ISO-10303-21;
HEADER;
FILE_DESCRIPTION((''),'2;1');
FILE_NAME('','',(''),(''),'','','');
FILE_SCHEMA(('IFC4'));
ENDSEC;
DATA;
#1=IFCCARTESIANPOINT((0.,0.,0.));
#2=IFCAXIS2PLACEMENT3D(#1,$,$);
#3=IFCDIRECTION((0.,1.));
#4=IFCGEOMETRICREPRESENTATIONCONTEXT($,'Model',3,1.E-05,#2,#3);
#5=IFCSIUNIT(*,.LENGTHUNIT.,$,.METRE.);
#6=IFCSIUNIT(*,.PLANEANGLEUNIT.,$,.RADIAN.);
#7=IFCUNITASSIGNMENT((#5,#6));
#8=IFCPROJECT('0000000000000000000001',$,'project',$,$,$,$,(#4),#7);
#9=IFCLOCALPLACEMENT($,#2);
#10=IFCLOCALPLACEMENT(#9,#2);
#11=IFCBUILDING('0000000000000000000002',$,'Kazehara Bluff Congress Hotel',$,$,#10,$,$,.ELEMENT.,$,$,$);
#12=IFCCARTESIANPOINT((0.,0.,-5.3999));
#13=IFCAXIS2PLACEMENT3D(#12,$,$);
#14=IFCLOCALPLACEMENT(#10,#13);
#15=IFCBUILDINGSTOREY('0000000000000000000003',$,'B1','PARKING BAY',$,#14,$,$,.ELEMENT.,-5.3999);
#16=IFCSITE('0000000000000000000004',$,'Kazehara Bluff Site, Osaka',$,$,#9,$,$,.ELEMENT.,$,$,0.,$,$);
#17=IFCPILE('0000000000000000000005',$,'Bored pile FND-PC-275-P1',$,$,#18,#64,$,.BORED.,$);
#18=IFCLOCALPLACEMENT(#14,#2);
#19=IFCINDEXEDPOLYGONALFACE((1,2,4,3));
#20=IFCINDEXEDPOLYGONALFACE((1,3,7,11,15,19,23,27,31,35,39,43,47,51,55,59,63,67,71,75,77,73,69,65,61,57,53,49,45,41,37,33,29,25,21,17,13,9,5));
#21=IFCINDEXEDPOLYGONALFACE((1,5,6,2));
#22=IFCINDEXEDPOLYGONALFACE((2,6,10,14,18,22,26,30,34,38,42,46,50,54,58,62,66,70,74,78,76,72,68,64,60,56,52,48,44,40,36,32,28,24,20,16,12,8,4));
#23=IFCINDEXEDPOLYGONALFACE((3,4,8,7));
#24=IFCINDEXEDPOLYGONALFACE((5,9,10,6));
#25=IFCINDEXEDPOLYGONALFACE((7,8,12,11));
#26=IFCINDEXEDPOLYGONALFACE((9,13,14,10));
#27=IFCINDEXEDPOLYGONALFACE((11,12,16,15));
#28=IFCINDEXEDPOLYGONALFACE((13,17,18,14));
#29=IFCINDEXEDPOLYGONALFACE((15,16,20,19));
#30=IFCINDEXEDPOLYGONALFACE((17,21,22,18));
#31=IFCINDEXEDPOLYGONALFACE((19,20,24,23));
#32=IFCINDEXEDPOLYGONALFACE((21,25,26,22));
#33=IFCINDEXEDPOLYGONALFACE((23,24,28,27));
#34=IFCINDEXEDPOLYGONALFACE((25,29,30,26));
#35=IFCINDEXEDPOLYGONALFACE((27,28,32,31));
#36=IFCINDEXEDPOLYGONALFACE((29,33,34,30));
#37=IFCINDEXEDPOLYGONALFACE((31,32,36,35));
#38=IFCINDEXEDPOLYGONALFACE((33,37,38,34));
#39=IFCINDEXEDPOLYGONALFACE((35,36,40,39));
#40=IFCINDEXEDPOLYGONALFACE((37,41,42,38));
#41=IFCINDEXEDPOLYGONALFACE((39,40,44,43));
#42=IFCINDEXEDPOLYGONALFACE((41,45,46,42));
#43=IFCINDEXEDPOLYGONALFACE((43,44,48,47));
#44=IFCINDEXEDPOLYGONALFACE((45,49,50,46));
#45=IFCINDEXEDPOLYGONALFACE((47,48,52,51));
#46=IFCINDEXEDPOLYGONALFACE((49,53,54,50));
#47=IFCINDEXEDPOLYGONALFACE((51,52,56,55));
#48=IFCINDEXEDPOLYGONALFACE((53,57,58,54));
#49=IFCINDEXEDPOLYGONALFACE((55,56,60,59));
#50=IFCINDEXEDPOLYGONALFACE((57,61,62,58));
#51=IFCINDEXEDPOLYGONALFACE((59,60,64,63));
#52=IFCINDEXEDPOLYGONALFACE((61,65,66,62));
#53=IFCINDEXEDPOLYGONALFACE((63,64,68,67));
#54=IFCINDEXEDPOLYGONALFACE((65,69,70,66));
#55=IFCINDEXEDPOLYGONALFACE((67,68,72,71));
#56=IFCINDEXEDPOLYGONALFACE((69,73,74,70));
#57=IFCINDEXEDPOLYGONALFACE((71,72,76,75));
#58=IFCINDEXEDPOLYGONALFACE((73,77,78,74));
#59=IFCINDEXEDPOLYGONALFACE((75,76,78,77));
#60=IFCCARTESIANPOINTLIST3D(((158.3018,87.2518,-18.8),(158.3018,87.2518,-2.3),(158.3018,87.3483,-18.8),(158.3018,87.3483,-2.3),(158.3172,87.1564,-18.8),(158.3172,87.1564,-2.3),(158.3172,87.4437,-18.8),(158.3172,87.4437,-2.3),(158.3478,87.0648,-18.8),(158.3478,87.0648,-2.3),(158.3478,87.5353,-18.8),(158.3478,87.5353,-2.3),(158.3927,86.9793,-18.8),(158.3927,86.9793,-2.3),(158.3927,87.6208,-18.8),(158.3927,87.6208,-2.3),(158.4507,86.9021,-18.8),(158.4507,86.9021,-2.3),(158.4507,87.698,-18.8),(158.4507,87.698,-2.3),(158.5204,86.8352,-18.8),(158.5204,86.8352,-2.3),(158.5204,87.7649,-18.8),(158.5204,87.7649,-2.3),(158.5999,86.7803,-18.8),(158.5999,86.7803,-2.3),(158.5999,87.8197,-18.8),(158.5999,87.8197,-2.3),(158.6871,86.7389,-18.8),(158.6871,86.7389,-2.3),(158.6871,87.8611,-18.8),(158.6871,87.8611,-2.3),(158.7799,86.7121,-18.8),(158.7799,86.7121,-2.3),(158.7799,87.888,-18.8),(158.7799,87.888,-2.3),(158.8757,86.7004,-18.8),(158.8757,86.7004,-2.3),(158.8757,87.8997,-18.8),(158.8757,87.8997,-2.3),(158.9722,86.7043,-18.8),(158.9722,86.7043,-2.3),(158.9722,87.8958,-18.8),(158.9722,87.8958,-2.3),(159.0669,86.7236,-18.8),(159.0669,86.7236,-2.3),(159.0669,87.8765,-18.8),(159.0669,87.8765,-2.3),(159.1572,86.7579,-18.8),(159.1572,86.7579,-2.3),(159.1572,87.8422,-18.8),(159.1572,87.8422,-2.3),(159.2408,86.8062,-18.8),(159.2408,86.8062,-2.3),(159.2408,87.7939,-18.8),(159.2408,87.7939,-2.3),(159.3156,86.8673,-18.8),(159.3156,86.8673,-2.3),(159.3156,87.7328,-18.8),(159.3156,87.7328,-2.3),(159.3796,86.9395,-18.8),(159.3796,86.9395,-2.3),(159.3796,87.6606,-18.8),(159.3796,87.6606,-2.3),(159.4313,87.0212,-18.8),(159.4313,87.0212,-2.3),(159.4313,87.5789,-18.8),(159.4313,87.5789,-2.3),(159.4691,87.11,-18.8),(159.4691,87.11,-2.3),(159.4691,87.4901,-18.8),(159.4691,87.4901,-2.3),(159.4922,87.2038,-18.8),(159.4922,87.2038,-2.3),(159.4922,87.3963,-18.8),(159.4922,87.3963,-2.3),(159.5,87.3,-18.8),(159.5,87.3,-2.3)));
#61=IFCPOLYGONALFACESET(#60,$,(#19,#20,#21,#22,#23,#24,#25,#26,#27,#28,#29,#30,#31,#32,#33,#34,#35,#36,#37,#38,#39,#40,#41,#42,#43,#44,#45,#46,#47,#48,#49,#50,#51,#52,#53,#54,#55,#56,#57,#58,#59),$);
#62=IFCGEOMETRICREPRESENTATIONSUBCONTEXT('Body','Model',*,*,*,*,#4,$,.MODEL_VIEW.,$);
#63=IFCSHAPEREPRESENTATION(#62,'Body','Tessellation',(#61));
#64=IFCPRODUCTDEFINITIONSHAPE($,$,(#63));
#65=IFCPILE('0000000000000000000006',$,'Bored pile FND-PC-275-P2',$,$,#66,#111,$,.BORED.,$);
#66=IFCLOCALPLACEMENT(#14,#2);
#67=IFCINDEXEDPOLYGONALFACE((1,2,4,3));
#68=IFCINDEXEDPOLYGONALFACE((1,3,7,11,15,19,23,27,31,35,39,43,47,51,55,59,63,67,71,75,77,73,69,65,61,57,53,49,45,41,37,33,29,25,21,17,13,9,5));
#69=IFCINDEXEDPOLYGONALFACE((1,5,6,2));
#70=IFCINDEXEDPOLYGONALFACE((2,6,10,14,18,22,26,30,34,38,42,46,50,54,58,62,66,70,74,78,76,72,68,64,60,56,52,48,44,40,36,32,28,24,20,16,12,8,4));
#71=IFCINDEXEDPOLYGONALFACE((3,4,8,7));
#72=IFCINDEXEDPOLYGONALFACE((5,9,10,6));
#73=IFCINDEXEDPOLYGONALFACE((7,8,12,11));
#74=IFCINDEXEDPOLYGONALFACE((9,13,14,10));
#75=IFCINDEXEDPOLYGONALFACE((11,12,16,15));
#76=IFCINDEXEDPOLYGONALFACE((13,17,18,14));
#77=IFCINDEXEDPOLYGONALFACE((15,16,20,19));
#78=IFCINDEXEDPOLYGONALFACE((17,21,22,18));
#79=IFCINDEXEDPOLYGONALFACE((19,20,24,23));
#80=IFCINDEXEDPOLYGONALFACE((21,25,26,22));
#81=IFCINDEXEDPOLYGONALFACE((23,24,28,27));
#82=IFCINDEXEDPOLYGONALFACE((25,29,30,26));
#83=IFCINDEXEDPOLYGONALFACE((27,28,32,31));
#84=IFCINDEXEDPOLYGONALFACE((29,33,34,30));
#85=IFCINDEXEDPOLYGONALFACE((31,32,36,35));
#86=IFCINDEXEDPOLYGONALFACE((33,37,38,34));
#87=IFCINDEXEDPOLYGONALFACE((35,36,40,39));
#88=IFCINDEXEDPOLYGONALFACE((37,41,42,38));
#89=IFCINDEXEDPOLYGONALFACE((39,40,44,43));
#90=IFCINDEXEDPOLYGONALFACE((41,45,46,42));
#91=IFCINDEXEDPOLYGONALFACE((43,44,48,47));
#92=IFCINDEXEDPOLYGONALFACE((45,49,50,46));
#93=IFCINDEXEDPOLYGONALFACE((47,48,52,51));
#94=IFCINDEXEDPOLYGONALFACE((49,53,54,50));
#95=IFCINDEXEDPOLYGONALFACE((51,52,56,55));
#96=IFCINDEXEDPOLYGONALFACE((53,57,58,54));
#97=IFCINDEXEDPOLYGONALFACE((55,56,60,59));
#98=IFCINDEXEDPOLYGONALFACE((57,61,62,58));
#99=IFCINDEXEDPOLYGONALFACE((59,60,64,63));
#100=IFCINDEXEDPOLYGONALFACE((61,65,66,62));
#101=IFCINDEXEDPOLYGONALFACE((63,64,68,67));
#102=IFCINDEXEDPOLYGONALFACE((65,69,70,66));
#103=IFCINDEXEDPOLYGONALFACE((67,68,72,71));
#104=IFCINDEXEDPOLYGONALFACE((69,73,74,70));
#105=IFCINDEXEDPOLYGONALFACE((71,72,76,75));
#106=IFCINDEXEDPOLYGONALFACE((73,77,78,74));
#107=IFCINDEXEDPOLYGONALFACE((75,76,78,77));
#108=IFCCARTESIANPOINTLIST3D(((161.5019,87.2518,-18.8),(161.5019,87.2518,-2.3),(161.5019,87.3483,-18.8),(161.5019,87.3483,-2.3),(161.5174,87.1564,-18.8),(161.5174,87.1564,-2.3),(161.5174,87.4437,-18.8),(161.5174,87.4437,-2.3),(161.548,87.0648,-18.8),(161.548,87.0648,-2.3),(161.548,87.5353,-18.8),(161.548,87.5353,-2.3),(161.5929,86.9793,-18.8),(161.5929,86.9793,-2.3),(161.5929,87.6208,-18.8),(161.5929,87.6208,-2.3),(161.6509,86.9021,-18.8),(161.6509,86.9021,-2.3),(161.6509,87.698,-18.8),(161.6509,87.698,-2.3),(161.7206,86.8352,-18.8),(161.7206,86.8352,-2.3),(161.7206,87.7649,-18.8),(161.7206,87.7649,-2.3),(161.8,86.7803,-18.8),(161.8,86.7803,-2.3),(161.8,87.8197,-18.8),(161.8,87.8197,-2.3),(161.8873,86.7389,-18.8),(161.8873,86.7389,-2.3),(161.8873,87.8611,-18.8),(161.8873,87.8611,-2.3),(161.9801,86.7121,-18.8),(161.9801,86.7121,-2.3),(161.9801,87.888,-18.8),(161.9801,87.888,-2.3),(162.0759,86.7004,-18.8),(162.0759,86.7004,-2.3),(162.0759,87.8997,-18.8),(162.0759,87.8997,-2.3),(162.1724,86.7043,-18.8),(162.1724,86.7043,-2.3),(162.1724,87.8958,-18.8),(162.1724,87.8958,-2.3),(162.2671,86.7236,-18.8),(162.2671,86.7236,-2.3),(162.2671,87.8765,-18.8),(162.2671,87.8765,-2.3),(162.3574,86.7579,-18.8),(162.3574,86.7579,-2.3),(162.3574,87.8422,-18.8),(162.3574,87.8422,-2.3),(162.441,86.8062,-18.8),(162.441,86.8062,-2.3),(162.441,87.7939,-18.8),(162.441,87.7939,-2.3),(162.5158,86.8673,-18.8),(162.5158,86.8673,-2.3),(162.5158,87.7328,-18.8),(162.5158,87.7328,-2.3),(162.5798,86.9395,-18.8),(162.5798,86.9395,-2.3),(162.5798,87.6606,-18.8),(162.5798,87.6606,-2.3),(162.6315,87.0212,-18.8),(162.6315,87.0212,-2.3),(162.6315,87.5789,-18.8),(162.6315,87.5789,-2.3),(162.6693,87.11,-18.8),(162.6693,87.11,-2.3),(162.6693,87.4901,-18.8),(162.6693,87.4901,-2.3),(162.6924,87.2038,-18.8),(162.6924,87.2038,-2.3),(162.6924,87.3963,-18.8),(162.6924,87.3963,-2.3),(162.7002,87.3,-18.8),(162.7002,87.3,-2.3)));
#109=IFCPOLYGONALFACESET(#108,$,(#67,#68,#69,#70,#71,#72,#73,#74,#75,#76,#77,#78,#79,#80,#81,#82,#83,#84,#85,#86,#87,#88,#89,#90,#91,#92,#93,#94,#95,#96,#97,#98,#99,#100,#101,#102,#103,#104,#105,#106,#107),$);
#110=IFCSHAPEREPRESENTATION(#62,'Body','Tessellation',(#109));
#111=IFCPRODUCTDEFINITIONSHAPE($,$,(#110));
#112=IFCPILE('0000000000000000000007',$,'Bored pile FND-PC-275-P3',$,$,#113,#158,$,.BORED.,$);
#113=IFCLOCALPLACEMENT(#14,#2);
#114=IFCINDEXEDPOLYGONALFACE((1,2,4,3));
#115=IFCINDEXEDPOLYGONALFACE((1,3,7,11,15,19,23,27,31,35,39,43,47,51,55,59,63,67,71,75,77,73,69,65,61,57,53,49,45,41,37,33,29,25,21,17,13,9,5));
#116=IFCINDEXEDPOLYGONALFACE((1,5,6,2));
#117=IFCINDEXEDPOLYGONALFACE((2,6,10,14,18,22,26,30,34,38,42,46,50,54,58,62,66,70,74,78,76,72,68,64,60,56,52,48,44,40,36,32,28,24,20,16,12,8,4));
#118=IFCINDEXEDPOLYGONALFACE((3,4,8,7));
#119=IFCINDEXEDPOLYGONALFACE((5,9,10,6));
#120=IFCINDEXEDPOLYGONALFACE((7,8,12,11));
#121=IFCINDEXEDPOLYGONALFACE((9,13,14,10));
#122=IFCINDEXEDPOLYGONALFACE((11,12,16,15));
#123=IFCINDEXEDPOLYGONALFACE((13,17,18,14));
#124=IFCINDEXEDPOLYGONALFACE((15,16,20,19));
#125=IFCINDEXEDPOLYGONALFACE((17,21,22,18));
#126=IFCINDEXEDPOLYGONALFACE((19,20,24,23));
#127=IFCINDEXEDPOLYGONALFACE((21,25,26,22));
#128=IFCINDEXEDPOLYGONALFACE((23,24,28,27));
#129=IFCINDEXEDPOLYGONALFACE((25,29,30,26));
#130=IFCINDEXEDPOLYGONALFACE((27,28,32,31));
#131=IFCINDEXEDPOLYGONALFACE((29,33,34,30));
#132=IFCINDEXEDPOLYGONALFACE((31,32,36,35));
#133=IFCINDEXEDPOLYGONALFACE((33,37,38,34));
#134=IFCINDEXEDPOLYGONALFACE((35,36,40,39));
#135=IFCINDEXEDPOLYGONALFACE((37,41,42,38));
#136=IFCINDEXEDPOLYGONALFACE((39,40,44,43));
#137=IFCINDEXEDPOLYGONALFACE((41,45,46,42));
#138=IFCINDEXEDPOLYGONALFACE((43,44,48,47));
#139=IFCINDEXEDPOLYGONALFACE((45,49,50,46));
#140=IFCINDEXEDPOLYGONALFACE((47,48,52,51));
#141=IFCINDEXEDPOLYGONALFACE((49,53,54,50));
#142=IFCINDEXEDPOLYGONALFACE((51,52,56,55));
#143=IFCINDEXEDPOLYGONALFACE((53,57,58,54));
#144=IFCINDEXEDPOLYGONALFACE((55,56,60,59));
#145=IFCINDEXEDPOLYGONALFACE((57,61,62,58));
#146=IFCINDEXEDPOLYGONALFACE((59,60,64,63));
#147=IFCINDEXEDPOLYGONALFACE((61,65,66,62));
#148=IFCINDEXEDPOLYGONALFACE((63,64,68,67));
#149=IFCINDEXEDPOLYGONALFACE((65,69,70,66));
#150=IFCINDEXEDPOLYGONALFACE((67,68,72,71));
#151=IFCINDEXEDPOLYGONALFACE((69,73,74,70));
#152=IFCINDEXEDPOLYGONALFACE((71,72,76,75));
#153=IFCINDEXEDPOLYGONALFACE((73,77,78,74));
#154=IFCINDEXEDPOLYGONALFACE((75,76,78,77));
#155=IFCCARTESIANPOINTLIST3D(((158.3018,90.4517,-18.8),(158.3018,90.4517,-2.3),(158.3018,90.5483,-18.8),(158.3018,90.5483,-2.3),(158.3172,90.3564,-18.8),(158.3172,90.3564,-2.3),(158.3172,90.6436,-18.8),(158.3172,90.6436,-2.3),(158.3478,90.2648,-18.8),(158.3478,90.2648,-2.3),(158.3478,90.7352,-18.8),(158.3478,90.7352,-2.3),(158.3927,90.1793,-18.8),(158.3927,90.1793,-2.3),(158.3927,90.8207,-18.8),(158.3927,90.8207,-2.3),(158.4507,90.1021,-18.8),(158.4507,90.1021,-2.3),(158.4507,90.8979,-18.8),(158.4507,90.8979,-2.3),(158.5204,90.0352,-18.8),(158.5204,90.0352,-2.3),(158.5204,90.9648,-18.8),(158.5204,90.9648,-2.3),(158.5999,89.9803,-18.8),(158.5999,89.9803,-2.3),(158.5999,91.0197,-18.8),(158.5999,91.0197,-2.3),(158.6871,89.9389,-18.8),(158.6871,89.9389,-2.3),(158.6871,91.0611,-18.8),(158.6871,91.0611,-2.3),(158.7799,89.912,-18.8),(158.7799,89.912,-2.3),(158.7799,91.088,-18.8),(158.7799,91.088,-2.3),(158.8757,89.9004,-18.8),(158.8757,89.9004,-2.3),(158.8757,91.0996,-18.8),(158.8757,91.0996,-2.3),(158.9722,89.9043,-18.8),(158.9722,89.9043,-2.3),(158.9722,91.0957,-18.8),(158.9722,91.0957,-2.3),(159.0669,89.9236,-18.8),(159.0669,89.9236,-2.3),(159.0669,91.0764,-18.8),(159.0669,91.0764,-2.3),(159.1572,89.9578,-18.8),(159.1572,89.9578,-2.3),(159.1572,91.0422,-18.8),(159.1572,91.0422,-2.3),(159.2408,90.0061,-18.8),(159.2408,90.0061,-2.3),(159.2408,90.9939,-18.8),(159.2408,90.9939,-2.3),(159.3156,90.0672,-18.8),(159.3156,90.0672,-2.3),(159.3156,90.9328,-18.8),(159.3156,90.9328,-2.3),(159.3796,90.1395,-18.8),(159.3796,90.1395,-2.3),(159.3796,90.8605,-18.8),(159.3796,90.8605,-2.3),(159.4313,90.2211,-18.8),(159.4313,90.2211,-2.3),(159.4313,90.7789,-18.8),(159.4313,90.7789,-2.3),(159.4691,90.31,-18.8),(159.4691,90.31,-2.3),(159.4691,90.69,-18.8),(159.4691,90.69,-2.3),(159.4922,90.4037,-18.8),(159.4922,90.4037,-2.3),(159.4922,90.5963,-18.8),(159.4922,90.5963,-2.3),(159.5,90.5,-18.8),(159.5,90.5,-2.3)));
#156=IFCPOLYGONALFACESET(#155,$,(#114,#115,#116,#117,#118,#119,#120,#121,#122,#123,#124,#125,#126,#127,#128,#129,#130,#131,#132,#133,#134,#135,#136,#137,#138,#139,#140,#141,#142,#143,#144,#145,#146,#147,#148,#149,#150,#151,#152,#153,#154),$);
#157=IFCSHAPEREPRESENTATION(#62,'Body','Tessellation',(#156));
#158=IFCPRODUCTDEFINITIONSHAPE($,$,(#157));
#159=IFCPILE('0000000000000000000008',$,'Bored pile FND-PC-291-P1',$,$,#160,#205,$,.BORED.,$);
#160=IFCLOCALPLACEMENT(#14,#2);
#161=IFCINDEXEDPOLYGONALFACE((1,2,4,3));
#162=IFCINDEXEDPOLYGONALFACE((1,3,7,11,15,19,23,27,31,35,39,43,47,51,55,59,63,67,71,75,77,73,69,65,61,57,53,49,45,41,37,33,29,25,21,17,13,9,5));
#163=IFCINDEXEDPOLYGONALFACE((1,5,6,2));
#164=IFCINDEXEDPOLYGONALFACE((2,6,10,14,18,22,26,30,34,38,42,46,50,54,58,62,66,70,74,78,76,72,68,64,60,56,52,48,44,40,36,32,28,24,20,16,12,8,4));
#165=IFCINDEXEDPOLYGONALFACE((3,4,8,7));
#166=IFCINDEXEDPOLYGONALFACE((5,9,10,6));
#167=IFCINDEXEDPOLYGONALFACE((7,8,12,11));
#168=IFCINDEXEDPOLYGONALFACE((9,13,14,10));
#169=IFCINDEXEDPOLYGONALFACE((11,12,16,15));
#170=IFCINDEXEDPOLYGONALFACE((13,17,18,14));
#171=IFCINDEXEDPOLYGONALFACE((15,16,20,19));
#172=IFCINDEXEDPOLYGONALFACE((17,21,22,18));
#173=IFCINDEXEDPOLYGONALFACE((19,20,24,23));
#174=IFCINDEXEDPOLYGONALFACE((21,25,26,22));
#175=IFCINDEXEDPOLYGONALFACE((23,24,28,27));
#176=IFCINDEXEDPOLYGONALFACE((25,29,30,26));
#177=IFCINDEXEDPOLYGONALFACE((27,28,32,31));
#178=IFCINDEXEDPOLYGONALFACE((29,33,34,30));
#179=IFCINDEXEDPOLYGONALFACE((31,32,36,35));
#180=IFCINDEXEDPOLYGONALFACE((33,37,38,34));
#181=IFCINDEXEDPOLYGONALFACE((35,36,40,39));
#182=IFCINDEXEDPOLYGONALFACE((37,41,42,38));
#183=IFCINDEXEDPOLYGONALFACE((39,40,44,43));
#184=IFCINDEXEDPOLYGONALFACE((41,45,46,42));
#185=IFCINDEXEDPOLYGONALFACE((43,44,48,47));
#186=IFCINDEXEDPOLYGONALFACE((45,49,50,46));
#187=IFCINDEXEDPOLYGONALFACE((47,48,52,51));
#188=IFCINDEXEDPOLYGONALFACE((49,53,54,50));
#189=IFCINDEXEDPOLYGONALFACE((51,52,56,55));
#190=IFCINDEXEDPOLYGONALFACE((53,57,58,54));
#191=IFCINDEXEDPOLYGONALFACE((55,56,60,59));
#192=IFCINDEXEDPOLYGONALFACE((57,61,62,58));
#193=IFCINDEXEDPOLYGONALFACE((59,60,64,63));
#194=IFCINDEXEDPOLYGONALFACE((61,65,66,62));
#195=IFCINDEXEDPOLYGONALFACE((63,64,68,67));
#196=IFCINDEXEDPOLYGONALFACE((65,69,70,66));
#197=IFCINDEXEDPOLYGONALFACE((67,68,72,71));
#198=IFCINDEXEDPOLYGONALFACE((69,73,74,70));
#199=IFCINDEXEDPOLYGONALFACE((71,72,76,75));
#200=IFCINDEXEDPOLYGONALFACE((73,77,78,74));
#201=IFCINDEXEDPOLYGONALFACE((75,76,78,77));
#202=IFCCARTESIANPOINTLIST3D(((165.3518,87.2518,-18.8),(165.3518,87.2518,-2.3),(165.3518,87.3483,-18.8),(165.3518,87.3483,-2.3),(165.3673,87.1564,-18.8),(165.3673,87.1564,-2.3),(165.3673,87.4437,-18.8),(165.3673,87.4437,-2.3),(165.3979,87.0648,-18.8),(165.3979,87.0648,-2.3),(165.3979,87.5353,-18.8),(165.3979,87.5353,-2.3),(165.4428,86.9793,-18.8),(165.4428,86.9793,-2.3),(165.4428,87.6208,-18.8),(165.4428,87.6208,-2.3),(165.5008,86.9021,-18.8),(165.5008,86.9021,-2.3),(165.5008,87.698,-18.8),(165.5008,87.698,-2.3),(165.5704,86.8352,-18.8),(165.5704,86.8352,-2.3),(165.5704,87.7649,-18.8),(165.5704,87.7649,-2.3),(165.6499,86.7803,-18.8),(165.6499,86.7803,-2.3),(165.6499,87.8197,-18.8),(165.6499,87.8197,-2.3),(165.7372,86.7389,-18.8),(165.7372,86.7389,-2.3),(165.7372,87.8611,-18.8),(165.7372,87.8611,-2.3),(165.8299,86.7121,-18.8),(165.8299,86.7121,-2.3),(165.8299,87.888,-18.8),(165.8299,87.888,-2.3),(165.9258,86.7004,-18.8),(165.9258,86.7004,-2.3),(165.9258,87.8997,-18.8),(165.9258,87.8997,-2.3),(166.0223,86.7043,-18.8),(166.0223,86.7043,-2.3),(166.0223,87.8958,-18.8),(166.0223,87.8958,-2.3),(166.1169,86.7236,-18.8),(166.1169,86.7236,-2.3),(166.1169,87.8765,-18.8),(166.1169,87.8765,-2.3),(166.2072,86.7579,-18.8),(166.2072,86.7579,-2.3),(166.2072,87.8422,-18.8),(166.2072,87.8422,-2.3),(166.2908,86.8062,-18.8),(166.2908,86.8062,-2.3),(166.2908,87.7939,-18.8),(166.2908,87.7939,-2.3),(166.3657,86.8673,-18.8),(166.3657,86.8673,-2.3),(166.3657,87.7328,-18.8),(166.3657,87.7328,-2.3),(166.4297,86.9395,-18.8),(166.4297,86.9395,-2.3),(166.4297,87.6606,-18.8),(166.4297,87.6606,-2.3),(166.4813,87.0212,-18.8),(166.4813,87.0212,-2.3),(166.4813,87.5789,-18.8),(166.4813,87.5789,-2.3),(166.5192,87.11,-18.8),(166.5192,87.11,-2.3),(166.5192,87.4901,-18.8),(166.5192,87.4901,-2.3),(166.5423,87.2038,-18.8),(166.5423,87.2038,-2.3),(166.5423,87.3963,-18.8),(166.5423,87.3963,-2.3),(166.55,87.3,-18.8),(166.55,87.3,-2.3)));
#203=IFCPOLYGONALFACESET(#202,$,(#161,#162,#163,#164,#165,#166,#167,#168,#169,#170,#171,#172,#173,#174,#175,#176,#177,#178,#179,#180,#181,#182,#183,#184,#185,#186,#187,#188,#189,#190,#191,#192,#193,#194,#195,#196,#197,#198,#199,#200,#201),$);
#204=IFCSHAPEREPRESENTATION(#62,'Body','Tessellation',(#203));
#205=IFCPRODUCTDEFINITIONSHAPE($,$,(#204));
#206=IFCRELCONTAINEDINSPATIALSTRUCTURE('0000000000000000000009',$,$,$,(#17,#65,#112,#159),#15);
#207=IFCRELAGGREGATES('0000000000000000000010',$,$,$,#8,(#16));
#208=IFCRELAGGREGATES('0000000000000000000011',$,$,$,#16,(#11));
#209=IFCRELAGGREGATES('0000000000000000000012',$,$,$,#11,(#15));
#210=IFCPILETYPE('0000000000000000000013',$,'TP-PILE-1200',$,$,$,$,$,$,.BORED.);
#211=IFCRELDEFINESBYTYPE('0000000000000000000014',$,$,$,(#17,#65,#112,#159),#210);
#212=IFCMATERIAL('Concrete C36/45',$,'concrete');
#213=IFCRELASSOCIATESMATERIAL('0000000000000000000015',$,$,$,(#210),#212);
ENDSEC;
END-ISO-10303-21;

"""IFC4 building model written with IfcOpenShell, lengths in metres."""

from ifc_helpers import new_model, si_unit, direction, frame, origin, origin_2d, place, context, subcontext, project, spatial, circle, extrude, material, material_profile, profile_set, type_object, element, save


model = new_model("IFC4")

# Units and contexts
model_context = context("Model", 3, precision=1e-05, world=origin(), true_north=direction((0.0, 1.0)))
body_context = subcontext(model_context, "Body", "Model", "MODEL_VIEW")
ifc_project = project(units=[si_unit("LENGTHUNIT", "METRE"), si_unit("PLANEANGLEUNIT", "RADIAN")], contexts=[model_context])

# Site, building, storey
site_placement = place(None, origin())
site = spatial("IfcSite", under=ifc_project, at=site_placement, Name="Kazehara Bluff Site, Osaka", CompositionType="ELEMENT", RefElevation=0.0)
building_placement = place(site_placement, origin())
building = spatial("IfcBuilding", under=site, at=building_placement, Name="Kazehara Bluff Congress Hotel", CompositionType="ELEMENT")
storey_placement = place(building_placement, frame((0.0, 0.0, -5.3999)))
storey = spatial("IfcBuildingStorey", under=building, at=storey_placement, Name="B1", Description="PARKING BAY", CompositionType="ELEMENT", Elevation=-5.3999)

# Piles
ifc_material_1 = material(Name="Concrete C36/45", Category="concrete")
ifc_material_profile_1 = material_profile(ifc_material_1, circle(Radius=0.6001, at=origin_2d()))
ifc_profile_set_1 = profile_set([ifc_material_profile_1], Name="Concrete C36/45")
pile_type_1 = type_object("IfcPileType", Name="TP-PILE-1200", PredefinedType="BORED", material=ifc_profile_set_1)
for number, where, z_axis, x_axis, name in (
    (1, (158.8999, 87.3, -2.3), (0.0, 0.0, -1.0), (1.0, 0.0, 0.0), "Bored pile FND-PC-275-P1"),
    (2, (162.1001, 87.3, -2.3), (0.0, 0.0, -1.0), (1.0, 0.0, 0.0), "Bored pile FND-PC-275-P2"),
    (3, (158.8999, 90.5, -2.3), (0.0, 0.0, -1.0), (1.0, 0.0, 0.0), "Bored pile FND-PC-275-P3"),
    (4, (165.95, 87.3, -2.3), (0.0, 0.0, -1.0), (1.0, 0.0, 0.0), "Bored pile FND-PC-291-P1"),
):
    element("IfcPile", number, at=place(storey_placement, frame(where, z_axis=z_axis, x_axis=x_axis)), inside=storey, type_object=pile_type_1, Name=name, PredefinedType="BORED", context=body_context, shape_type="SweptSolid", body=[
        extrude(circle(Radius=0.6001, at=origin_2d()), origin(), (0.0, 0.0, 1.0), 16.5),
    ])

save(model, "model.ifc")
